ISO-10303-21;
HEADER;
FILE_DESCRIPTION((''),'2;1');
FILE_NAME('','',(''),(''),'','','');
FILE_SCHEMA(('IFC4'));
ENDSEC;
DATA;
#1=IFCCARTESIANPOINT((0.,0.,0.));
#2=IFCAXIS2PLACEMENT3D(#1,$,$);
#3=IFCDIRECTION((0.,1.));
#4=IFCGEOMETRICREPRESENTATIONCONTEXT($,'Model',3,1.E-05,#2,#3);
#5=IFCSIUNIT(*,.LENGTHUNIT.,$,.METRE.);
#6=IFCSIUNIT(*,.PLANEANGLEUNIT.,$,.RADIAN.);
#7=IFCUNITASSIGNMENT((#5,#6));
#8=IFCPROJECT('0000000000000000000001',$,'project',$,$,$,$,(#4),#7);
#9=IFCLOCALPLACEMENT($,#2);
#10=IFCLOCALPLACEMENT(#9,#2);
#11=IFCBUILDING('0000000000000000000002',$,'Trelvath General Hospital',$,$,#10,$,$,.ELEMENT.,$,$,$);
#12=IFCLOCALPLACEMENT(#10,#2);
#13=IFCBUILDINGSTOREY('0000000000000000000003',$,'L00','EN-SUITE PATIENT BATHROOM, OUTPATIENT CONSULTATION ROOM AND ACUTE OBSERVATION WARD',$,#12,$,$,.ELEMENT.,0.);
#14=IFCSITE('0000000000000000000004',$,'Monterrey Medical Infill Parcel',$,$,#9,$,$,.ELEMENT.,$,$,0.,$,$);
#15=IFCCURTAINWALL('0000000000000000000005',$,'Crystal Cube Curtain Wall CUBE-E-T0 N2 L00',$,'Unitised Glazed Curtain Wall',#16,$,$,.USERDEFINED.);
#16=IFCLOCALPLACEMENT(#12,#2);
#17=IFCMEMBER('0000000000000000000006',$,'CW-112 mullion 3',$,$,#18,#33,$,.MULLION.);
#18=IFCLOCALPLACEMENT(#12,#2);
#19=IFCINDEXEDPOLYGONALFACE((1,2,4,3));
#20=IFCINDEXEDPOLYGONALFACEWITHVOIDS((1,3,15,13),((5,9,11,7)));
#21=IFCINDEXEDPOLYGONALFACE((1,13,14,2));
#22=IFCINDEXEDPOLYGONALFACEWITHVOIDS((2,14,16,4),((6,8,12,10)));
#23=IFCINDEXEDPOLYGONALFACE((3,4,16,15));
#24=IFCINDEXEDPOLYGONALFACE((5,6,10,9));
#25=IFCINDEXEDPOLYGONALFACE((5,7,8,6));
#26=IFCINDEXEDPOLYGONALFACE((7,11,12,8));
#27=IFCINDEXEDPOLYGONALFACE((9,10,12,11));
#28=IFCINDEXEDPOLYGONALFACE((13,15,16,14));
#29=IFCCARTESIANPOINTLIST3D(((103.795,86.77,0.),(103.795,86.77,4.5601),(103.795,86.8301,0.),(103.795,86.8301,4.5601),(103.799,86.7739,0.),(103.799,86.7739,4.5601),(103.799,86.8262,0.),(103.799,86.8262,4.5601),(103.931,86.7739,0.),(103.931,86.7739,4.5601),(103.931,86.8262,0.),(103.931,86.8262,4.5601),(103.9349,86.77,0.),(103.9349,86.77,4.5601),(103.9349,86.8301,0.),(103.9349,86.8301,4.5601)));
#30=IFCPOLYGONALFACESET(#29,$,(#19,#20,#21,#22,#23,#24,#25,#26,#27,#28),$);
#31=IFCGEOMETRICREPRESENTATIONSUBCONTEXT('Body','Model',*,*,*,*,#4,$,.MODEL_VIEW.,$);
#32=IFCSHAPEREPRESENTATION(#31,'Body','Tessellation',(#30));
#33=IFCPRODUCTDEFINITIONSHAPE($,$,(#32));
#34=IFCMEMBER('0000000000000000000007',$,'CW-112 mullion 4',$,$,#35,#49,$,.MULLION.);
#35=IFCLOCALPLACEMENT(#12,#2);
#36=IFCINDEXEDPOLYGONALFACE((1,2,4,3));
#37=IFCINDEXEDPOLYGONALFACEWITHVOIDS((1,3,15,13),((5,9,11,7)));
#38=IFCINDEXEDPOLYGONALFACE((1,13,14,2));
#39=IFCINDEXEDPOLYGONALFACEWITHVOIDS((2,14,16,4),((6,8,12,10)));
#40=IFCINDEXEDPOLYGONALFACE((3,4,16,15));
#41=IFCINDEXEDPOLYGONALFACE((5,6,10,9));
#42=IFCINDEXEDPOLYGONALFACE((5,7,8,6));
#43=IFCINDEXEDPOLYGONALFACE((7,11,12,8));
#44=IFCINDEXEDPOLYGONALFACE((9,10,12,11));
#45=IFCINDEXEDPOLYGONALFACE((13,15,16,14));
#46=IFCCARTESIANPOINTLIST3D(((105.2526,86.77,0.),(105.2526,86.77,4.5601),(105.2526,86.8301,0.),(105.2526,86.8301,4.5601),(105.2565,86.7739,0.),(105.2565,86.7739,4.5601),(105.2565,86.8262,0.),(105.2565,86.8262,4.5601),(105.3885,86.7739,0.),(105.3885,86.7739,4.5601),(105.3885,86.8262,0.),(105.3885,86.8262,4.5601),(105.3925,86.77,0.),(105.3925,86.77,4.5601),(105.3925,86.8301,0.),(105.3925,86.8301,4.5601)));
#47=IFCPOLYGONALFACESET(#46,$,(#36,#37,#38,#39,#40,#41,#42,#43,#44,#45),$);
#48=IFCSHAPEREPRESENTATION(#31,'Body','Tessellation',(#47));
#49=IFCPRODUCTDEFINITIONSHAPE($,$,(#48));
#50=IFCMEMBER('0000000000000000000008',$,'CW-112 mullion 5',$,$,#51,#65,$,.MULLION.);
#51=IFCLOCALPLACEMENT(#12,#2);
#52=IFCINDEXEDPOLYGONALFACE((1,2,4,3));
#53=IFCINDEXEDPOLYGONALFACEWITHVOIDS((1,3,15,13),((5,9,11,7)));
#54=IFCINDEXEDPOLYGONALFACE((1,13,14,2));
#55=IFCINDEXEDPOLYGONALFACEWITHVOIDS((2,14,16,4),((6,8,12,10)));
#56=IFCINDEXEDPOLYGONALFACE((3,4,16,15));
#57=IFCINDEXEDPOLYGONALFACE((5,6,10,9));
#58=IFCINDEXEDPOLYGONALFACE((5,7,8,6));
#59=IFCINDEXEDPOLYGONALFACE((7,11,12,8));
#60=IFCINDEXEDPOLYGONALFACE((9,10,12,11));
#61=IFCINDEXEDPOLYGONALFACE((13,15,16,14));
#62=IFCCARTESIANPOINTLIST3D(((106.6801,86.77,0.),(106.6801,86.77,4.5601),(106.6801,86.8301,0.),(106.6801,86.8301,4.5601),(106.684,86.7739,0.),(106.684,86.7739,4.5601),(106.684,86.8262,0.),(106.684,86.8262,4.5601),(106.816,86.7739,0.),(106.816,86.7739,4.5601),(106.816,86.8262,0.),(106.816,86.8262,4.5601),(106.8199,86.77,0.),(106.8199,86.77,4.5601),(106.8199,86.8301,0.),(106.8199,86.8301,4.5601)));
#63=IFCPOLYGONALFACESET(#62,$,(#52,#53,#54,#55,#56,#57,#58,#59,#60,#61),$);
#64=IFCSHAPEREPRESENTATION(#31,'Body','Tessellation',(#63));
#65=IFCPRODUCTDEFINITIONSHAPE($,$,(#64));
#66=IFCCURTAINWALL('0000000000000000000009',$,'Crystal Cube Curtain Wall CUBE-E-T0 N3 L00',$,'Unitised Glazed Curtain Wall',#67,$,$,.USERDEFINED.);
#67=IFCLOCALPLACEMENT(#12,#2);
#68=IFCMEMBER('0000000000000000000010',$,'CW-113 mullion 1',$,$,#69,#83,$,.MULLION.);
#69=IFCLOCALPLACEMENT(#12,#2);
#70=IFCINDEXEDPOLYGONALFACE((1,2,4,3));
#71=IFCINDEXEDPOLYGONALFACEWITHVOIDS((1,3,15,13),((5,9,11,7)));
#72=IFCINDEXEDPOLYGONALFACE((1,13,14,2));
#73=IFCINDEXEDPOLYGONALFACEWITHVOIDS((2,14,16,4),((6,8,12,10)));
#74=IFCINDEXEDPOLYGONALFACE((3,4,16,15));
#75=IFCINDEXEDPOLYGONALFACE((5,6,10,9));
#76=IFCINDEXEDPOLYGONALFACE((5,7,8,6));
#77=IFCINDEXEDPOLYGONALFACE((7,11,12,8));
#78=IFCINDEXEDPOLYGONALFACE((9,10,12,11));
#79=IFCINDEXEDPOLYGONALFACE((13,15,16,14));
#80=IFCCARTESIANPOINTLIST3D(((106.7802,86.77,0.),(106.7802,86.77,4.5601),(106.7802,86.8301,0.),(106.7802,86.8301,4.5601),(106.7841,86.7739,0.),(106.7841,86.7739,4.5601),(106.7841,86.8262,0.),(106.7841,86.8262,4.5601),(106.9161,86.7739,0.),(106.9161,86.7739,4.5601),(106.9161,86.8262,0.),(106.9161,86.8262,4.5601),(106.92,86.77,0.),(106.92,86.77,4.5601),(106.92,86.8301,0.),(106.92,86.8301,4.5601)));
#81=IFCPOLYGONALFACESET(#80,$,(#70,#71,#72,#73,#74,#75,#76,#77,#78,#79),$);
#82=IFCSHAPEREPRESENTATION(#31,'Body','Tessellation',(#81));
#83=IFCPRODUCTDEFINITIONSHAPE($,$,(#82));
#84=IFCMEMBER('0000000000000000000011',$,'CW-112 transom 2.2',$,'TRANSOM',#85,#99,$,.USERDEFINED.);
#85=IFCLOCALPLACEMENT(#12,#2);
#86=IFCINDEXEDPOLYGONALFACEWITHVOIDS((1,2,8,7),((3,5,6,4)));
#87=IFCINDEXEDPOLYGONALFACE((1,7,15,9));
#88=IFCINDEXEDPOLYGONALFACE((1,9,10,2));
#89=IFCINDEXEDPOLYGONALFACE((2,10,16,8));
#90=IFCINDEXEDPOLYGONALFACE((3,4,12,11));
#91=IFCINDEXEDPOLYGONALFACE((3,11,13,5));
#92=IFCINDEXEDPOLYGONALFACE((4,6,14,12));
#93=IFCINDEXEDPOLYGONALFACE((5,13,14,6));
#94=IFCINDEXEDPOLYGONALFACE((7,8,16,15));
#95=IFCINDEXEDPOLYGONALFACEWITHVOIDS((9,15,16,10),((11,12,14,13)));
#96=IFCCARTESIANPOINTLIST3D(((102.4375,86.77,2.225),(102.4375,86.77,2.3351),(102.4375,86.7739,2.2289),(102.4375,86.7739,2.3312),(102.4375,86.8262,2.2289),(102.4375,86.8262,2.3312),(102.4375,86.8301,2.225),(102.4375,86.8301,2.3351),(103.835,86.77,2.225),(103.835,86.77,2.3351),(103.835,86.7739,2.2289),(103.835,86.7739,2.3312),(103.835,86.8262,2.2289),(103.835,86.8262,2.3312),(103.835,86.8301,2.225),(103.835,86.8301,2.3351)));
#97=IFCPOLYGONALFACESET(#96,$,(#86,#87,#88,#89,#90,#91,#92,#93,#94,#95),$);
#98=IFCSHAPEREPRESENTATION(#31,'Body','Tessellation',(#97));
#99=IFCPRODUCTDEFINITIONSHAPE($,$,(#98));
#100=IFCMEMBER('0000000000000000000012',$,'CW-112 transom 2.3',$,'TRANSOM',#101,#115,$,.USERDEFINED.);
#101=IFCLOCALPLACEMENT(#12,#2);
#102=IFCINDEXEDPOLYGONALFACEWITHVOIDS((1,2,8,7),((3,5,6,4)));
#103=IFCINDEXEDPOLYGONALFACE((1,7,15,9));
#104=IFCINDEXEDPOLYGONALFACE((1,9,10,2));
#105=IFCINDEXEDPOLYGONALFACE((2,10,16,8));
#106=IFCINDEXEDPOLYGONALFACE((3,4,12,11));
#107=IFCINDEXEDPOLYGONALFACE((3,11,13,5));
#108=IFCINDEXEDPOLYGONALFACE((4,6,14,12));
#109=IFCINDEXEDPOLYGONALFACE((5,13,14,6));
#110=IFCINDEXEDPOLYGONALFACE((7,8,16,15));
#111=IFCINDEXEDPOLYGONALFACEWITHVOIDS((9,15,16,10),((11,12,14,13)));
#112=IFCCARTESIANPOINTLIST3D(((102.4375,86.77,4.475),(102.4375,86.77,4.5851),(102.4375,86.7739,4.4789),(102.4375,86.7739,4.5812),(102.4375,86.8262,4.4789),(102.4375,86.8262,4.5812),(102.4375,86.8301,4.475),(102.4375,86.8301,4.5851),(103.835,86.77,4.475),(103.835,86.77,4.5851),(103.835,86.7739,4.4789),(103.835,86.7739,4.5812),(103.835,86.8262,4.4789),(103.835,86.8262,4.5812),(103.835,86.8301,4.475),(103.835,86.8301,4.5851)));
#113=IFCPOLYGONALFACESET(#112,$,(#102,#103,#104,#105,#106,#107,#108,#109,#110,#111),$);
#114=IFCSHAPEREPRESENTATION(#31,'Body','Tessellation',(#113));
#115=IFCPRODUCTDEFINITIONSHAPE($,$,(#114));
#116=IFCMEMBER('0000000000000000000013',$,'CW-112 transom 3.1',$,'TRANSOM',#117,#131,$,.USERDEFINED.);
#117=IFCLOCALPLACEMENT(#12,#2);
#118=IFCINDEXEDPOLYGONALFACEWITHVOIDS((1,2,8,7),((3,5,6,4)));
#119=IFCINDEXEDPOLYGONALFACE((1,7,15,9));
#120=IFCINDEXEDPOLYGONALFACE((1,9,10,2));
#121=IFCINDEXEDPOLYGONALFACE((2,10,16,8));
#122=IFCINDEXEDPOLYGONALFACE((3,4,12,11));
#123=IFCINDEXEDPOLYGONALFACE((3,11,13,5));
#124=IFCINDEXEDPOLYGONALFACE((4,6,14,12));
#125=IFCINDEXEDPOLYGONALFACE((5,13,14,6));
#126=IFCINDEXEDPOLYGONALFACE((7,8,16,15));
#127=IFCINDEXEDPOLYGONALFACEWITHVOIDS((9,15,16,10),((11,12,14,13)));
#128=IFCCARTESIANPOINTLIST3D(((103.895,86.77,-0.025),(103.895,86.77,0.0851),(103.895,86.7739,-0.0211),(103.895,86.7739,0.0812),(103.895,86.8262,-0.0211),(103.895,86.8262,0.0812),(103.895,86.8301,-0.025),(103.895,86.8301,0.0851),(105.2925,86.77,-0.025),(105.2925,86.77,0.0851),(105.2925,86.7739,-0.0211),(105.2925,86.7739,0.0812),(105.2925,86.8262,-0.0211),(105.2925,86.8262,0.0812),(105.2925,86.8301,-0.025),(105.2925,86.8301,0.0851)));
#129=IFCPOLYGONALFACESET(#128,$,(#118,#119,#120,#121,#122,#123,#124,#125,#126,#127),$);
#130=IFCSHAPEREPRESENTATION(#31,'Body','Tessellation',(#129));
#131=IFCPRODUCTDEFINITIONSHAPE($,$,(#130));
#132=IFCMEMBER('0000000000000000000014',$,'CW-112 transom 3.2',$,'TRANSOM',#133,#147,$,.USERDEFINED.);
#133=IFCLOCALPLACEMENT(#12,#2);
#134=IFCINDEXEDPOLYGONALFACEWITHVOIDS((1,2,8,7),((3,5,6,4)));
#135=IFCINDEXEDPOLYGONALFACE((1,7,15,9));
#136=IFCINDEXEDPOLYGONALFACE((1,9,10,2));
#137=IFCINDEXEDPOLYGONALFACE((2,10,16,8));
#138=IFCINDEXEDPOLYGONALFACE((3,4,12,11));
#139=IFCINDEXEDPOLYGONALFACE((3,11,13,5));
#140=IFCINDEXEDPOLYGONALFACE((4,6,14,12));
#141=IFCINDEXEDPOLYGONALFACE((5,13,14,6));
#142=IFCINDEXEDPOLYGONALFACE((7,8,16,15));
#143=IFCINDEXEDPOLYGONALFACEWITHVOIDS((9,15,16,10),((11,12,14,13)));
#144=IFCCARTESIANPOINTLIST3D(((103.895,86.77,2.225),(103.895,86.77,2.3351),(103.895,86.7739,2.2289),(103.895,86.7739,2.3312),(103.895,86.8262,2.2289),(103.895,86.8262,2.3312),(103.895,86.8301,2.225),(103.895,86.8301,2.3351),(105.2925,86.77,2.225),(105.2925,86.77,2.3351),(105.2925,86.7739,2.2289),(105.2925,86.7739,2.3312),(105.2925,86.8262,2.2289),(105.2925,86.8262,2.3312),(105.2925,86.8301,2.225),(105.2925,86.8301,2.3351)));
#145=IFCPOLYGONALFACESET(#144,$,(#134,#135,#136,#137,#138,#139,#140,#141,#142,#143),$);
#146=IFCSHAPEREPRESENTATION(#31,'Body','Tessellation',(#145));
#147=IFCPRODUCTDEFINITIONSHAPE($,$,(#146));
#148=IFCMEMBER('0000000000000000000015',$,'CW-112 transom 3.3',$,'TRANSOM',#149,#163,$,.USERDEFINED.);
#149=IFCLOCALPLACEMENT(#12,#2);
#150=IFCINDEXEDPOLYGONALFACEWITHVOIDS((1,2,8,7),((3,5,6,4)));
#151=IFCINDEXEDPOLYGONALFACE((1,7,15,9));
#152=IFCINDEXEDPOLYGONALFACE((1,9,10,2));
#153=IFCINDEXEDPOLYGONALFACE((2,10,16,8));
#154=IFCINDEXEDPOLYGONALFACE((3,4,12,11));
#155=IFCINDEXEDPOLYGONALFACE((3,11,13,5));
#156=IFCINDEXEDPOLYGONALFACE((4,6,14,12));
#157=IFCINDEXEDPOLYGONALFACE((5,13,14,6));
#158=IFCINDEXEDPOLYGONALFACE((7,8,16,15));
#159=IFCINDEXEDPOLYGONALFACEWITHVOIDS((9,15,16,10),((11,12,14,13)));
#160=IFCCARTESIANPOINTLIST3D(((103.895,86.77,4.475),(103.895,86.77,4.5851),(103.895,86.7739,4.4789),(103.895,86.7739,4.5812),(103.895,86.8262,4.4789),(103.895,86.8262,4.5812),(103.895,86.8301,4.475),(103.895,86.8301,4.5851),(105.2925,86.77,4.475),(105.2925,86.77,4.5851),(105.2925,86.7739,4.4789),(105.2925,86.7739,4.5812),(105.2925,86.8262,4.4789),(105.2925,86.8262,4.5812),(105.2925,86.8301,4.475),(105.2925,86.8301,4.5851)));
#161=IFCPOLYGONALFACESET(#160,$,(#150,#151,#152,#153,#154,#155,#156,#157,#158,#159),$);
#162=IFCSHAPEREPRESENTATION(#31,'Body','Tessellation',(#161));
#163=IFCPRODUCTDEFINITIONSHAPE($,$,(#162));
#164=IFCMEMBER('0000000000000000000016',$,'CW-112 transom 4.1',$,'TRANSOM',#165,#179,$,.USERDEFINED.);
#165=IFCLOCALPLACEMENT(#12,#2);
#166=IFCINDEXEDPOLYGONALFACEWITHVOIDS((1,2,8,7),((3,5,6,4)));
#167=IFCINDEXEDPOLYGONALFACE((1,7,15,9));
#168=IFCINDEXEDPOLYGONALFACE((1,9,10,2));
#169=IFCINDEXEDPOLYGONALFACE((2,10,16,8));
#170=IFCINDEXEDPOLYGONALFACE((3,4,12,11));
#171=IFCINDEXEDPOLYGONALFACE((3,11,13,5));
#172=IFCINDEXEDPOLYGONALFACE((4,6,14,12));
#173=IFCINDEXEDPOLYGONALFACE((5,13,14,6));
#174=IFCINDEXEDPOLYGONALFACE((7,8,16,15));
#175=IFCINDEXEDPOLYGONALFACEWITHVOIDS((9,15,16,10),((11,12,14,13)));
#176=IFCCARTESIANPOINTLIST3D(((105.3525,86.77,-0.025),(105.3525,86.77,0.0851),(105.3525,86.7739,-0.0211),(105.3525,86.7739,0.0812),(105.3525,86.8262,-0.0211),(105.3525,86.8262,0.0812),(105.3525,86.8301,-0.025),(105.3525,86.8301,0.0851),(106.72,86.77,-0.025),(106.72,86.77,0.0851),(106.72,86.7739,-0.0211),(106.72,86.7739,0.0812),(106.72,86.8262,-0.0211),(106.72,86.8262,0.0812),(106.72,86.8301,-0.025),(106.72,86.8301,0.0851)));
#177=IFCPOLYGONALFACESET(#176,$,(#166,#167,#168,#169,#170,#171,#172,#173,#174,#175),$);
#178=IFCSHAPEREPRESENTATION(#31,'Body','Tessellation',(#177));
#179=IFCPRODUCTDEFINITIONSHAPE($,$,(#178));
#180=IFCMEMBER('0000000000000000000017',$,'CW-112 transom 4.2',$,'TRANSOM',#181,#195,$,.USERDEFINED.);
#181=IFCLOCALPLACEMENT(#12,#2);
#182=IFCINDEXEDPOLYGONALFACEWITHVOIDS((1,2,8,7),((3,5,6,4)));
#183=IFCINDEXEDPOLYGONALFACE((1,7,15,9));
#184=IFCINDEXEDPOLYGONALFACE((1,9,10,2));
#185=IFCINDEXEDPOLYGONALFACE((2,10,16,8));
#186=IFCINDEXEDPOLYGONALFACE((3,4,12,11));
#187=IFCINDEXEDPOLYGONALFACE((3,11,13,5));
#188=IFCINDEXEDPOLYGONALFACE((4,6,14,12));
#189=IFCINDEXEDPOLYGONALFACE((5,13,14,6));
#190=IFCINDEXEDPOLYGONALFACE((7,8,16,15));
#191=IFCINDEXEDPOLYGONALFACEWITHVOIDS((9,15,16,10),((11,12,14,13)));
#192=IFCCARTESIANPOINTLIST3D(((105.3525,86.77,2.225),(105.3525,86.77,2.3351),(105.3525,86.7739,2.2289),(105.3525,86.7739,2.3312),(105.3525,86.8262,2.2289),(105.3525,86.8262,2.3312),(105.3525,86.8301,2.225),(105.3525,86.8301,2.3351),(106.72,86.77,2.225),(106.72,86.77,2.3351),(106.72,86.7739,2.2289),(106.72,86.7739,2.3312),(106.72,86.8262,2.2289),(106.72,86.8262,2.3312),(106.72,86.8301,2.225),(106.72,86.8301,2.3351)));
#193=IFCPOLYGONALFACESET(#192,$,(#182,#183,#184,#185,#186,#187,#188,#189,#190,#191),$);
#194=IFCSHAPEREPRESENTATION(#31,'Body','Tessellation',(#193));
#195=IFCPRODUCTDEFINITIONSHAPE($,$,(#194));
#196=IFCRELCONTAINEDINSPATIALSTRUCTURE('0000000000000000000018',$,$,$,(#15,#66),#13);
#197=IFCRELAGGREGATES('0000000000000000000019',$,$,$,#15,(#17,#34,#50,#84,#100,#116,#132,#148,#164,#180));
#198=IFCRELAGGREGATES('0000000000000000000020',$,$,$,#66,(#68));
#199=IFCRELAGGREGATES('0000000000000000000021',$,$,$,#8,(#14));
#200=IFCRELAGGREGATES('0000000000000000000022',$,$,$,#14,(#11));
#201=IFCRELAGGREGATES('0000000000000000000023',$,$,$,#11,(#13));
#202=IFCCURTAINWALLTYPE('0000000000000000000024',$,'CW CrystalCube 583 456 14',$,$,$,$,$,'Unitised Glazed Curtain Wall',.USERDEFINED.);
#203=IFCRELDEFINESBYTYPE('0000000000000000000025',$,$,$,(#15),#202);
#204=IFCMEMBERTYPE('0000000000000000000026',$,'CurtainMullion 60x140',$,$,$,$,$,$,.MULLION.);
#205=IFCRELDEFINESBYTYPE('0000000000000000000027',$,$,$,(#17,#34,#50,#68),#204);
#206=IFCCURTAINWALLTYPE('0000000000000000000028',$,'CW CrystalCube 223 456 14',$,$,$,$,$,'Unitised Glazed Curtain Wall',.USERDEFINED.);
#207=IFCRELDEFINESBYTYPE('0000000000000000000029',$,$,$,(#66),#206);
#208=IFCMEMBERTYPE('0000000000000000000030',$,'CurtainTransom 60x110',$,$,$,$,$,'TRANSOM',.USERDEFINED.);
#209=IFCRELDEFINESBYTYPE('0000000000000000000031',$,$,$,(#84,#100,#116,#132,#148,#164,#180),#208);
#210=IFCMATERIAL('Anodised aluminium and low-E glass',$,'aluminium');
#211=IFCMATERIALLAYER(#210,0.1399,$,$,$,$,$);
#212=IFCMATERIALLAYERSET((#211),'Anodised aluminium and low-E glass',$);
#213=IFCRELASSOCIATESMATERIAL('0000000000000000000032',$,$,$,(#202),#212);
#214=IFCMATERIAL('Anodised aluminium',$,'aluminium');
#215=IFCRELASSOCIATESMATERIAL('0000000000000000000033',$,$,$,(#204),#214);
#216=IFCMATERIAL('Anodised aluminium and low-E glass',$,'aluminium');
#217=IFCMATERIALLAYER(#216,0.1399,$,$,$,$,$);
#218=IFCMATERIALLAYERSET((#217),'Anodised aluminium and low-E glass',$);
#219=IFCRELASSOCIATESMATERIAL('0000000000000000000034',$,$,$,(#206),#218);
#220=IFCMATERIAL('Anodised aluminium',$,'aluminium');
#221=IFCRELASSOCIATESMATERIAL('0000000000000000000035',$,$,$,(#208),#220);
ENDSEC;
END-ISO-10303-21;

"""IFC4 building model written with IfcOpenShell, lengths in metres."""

from ifc_helpers import new_model, si_unit, direction, frame, origin, origin_2d, place, context, subcontext, project, spatial, hollow_rectangle, extrude, material, layer, layer_set, material_profile, profile_set, type_object, element, aggregate, save


model = new_model("IFC4")

# Units and contexts
model_context = context("Model", 3, precision=1e-05, world=origin(), true_north=direction((0.0, 1.0)))
body_context = subcontext(model_context, "Body", "Model", "MODEL_VIEW")
ifc_project = project(units=[si_unit("LENGTHUNIT", "METRE"), si_unit("PLANEANGLEUNIT", "RADIAN")], contexts=[model_context])

# Site, building, storey
site_placement = place(None, origin())
site = spatial("IfcSite", under=ifc_project, at=site_placement, Name="Monterrey Medical Infill Parcel", CompositionType="ELEMENT", RefElevation=0.0)
building_placement = place(site_placement, origin())
building = spatial("IfcBuilding", under=site, at=building_placement, Name="Trelvath General Hospital", CompositionType="ELEMENT")
storey_placement = place(building_placement, origin())
storey = spatial("IfcBuildingStorey", under=building, at=storey_placement, Name="L00", Description="EN-SUITE PATIENT BATHROOM, OUTPATIENT CONSULTATION ROOM AND ACUTE OBSERVATION WARD", CompositionType="ELEMENT", Elevation=0.0)

# Curtain wall, members
ifc_material_1 = material(Name="Anodised aluminium and low-E glass", Category="aluminium")
ifc_layer_1 = layer(ifc_material_1, 0.1399)
ifc_layer_set_1 = layer_set([ifc_layer_1], Name="Anodised aluminium and low-E glass")
curtain_wall_type_1 = type_object("IfcCurtainWallType", Name="CW CrystalCube 583 456 14", ElementType="Unitised Glazed Curtain Wall", PredefinedType="USERDEFINED", material=ifc_layer_set_1)
curtain_wall_1_placement = place(storey_placement, origin())
curtain_wall_1 = element("IfcCurtainWall", 1, at=curtain_wall_1_placement, inside=storey, type_object=curtain_wall_type_1, Name="Crystal Cube Curtain Wall CUBE-E-T0 N2 L00", ObjectType="Unitised Glazed Curtain Wall", PredefinedType="USERDEFINED")
ifc_material_2 = material(Name="Anodised aluminium", Category="aluminium")
ifc_material_profile_1 = material_profile(ifc_material_2, hollow_rectangle(XDim=0.0601, YDim=0.1399, WallThickness=0.0039, at=origin_2d()), Name="RHS60x140x4")
ifc_profile_set_1 = profile_set([ifc_material_profile_1], Name="Anodised aluminium")
member_type_1 = type_object("IfcMemberType", Name="CurtainMullion 60x140", PredefinedType="MULLION", material=ifc_profile_set_1)
member_1_placement = place(storey_placement, frame((103.865, 86.8, 0.0), z_axis=(0.0, 0.0, 1.0), x_axis=(0.0, 1.0, 0.0)))
member_1 = element("IfcMember", 2, at=member_1_placement, type_object=member_type_1, Name="CW-112 mullion 3", PredefinedType="MULLION", context=body_context, shape_type="SweptSolid", body=[
    extrude(hollow_rectangle(XDim=0.0601, YDim=0.1399, WallThickness=0.0039, at=origin_2d()), origin(), (0.0, 0.0, 1.0), 4.5601),
])
member_2_placement = place(storey_placement, frame((105.3225, 86.8, 0.0), z_axis=(0.0, 0.0, 1.0), x_axis=(0.0, 1.0, 0.0)))
member_2 = element("IfcMember", 3, at=member_2_placement, type_object=member_type_1, Name="CW-112 mullion 4", PredefinedType="MULLION", context=body_context, shape_type="SweptSolid", body=[
    extrude(hollow_rectangle(XDim=0.0601, YDim=0.1399, WallThickness=0.0039, at=origin_2d()), origin(), (0.0, 0.0, 1.0), 4.5601),
])
member_3_placement = place(storey_placement, frame((106.75, 86.8, 0.0), z_axis=(0.0, 0.0, 1.0), x_axis=(0.0, 1.0, 0.0)))
member_3 = element("IfcMember", 4, at=member_3_placement, type_object=member_type_1, Name="CW-112 mullion 5", PredefinedType="MULLION", context=body_context, shape_type="SweptSolid", body=[
    extrude(hollow_rectangle(XDim=0.0601, YDim=0.1399, WallThickness=0.0039, at=origin_2d()), origin(), (0.0, 0.0, 1.0), 4.5601),
])

# Curtain wall, member
ifc_material_3 = material(Name="Anodised aluminium and low-E glass", Category="aluminium")
ifc_layer_2 = layer(ifc_material_3, 0.1399)
ifc_layer_set_2 = layer_set([ifc_layer_2], Name="Anodised aluminium and low-E glass")
curtain_wall_type_2 = type_object("IfcCurtainWallType", Name="CW CrystalCube 223 456 14", ElementType="Unitised Glazed Curtain Wall", PredefinedType="USERDEFINED", material=ifc_layer_set_2)
curtain_wall_2_placement = place(storey_placement, origin())
curtain_wall_2 = element("IfcCurtainWall", 5, at=curtain_wall_2_placement, inside=storey, type_object=curtain_wall_type_2, Name="Crystal Cube Curtain Wall CUBE-E-T0 N3 L00", ObjectType="Unitised Glazed Curtain Wall", PredefinedType="USERDEFINED")
member_4_placement = place(storey_placement, frame((106.8501, 86.8, 0.0), z_axis=(0.0, 0.0, 1.0), x_axis=(0.0, 1.0, 0.0)))
member_4 = element("IfcMember", 6, at=member_4_placement, type_object=member_type_1, Name="CW-113 mullion 1", PredefinedType="MULLION", context=body_context, shape_type="SweptSolid", body=[
    extrude(hollow_rectangle(XDim=0.0601, YDim=0.1399, WallThickness=0.0039, at=origin_2d()), origin(), (0.0, 0.0, 1.0), 4.5601),
])

# Members
ifc_material_4 = material(Name="Anodised aluminium", Category="aluminium")
ifc_material_profile_2 = material_profile(ifc_material_4, hollow_rectangle(XDim=0.0601, YDim=0.1101, WallThickness=0.0039, at=origin_2d()), Name="RHS60x110x4")
ifc_profile_set_2 = profile_set([ifc_material_profile_2], Name="Anodised aluminium")
member_type_2 = type_object("IfcMemberType", Name="CurtainTransom 60x110", ElementType="TRANSOM", PredefinedType="USERDEFINED", material=ifc_profile_set_2)
member_5_placement = place(storey_placement, frame((102.4375, 86.8, 2.28), z_axis=(1.0, 0.0, 0.0), x_axis=(0.0, 1.0, 0.0)))
member_5 = element("IfcMember", 7, at=member_5_placement, type_object=member_type_2, Name="CW-112 transom 2.2", ObjectType="TRANSOM", PredefinedType="USERDEFINED", context=body_context, shape_type="SweptSolid", body=[
    extrude(hollow_rectangle(XDim=0.0601, YDim=0.1101, WallThickness=0.0039, at=origin_2d()), origin(), (0.0, 0.0, 1.0), 1.3975),
])
member_6_placement = place(storey_placement, frame((102.4375, 86.8, 4.53), z_axis=(1.0, 0.0, 0.0), x_axis=(0.0, 1.0, 0.0)))
member_6 = element("IfcMember", 8, at=member_6_placement, type_object=member_type_2, Name="CW-112 transom 2.3", ObjectType="TRANSOM", PredefinedType="USERDEFINED", context=body_context, shape_type="SweptSolid", body=[
    extrude(hollow_rectangle(XDim=0.0601, YDim=0.1101, WallThickness=0.0039, at=origin_2d()), origin(), (0.0, 0.0, 1.0), 1.3975),
])
member_7_placement = place(storey_placement, frame((103.895, 86.8, 0.03), z_axis=(1.0, 0.0, 0.0), x_axis=(0.0, 1.0, 0.0)))
member_7 = element("IfcMember", 9, at=member_7_placement, type_object=member_type_2, Name="CW-112 transom 3.1", ObjectType="TRANSOM", PredefinedType="USERDEFINED", context=body_context, shape_type="SweptSolid", body=[
    extrude(hollow_rectangle(XDim=0.0601, YDim=0.1101, WallThickness=0.0039, at=origin_2d()), origin(), (0.0, 0.0, 1.0), 1.3975),
])
member_8_placement = place(storey_placement, frame((103.895, 86.8, 2.28), z_axis=(1.0, 0.0, 0.0), x_axis=(0.0, 1.0, 0.0)))
member_8 = element("IfcMember", 10, at=member_8_placement, type_object=member_type_2, Name="CW-112 transom 3.2", ObjectType="TRANSOM", PredefinedType="USERDEFINED", context=body_context, shape_type="SweptSolid", body=[
    extrude(hollow_rectangle(XDim=0.0601, YDim=0.1101, WallThickness=0.0039, at=origin_2d()), origin(), (0.0, 0.0, 1.0), 1.3975),
])
member_9_placement = place(storey_placement, frame((103.895, 86.8, 4.53), z_axis=(1.0, 0.0, 0.0), x_axis=(0.0, 1.0, 0.0)))
member_9 = element("IfcMember", 11, at=member_9_placement, type_object=member_type_2, Name="CW-112 transom 3.3", ObjectType="TRANSOM", PredefinedType="USERDEFINED", context=body_context, shape_type="SweptSolid", body=[
    extrude(hollow_rectangle(XDim=0.0601, YDim=0.1101, WallThickness=0.0039, at=origin_2d()), origin(), (0.0, 0.0, 1.0), 1.3975),
])
member_10_placement = place(storey_placement, frame((105.3525, 86.8, 0.03), z_axis=(1.0, 0.0, 0.0), x_axis=(0.0, 1.0, 0.0)))
member_10 = element("IfcMember", 12, at=member_10_placement, type_object=member_type_2, Name="CW-112 transom 4.1", ObjectType="TRANSOM", PredefinedType="USERDEFINED", context=body_context, shape_type="SweptSolid", body=[
    extrude(hollow_rectangle(XDim=0.0601, YDim=0.1101, WallThickness=0.0039, at=origin_2d()), origin(), (0.0, 0.0, 1.0), 1.3674),
])
member_11_placement = place(storey_placement, frame((105.3525, 86.8, 2.28), z_axis=(1.0, 0.0, 0.0), x_axis=(0.0, 1.0, 0.0)))
member_11 = element("IfcMember", 13, at=member_11_placement, type_object=member_type_2, Name="CW-112 transom 4.2", ObjectType="TRANSOM", PredefinedType="USERDEFINED", context=body_context, shape_type="SweptSolid", body=[
    extrude(hollow_rectangle(XDim=0.0601, YDim=0.1101, WallThickness=0.0039, at=origin_2d()), origin(), (0.0, 0.0, 1.0), 1.3674),
])

aggregate(curtain_wall_1, [member_1, member_2, member_3, member_5, member_6, member_7, member_8, member_9, member_10, member_11])
aggregate(curtain_wall_2, [member_4])

save(model, "model.ifc")
